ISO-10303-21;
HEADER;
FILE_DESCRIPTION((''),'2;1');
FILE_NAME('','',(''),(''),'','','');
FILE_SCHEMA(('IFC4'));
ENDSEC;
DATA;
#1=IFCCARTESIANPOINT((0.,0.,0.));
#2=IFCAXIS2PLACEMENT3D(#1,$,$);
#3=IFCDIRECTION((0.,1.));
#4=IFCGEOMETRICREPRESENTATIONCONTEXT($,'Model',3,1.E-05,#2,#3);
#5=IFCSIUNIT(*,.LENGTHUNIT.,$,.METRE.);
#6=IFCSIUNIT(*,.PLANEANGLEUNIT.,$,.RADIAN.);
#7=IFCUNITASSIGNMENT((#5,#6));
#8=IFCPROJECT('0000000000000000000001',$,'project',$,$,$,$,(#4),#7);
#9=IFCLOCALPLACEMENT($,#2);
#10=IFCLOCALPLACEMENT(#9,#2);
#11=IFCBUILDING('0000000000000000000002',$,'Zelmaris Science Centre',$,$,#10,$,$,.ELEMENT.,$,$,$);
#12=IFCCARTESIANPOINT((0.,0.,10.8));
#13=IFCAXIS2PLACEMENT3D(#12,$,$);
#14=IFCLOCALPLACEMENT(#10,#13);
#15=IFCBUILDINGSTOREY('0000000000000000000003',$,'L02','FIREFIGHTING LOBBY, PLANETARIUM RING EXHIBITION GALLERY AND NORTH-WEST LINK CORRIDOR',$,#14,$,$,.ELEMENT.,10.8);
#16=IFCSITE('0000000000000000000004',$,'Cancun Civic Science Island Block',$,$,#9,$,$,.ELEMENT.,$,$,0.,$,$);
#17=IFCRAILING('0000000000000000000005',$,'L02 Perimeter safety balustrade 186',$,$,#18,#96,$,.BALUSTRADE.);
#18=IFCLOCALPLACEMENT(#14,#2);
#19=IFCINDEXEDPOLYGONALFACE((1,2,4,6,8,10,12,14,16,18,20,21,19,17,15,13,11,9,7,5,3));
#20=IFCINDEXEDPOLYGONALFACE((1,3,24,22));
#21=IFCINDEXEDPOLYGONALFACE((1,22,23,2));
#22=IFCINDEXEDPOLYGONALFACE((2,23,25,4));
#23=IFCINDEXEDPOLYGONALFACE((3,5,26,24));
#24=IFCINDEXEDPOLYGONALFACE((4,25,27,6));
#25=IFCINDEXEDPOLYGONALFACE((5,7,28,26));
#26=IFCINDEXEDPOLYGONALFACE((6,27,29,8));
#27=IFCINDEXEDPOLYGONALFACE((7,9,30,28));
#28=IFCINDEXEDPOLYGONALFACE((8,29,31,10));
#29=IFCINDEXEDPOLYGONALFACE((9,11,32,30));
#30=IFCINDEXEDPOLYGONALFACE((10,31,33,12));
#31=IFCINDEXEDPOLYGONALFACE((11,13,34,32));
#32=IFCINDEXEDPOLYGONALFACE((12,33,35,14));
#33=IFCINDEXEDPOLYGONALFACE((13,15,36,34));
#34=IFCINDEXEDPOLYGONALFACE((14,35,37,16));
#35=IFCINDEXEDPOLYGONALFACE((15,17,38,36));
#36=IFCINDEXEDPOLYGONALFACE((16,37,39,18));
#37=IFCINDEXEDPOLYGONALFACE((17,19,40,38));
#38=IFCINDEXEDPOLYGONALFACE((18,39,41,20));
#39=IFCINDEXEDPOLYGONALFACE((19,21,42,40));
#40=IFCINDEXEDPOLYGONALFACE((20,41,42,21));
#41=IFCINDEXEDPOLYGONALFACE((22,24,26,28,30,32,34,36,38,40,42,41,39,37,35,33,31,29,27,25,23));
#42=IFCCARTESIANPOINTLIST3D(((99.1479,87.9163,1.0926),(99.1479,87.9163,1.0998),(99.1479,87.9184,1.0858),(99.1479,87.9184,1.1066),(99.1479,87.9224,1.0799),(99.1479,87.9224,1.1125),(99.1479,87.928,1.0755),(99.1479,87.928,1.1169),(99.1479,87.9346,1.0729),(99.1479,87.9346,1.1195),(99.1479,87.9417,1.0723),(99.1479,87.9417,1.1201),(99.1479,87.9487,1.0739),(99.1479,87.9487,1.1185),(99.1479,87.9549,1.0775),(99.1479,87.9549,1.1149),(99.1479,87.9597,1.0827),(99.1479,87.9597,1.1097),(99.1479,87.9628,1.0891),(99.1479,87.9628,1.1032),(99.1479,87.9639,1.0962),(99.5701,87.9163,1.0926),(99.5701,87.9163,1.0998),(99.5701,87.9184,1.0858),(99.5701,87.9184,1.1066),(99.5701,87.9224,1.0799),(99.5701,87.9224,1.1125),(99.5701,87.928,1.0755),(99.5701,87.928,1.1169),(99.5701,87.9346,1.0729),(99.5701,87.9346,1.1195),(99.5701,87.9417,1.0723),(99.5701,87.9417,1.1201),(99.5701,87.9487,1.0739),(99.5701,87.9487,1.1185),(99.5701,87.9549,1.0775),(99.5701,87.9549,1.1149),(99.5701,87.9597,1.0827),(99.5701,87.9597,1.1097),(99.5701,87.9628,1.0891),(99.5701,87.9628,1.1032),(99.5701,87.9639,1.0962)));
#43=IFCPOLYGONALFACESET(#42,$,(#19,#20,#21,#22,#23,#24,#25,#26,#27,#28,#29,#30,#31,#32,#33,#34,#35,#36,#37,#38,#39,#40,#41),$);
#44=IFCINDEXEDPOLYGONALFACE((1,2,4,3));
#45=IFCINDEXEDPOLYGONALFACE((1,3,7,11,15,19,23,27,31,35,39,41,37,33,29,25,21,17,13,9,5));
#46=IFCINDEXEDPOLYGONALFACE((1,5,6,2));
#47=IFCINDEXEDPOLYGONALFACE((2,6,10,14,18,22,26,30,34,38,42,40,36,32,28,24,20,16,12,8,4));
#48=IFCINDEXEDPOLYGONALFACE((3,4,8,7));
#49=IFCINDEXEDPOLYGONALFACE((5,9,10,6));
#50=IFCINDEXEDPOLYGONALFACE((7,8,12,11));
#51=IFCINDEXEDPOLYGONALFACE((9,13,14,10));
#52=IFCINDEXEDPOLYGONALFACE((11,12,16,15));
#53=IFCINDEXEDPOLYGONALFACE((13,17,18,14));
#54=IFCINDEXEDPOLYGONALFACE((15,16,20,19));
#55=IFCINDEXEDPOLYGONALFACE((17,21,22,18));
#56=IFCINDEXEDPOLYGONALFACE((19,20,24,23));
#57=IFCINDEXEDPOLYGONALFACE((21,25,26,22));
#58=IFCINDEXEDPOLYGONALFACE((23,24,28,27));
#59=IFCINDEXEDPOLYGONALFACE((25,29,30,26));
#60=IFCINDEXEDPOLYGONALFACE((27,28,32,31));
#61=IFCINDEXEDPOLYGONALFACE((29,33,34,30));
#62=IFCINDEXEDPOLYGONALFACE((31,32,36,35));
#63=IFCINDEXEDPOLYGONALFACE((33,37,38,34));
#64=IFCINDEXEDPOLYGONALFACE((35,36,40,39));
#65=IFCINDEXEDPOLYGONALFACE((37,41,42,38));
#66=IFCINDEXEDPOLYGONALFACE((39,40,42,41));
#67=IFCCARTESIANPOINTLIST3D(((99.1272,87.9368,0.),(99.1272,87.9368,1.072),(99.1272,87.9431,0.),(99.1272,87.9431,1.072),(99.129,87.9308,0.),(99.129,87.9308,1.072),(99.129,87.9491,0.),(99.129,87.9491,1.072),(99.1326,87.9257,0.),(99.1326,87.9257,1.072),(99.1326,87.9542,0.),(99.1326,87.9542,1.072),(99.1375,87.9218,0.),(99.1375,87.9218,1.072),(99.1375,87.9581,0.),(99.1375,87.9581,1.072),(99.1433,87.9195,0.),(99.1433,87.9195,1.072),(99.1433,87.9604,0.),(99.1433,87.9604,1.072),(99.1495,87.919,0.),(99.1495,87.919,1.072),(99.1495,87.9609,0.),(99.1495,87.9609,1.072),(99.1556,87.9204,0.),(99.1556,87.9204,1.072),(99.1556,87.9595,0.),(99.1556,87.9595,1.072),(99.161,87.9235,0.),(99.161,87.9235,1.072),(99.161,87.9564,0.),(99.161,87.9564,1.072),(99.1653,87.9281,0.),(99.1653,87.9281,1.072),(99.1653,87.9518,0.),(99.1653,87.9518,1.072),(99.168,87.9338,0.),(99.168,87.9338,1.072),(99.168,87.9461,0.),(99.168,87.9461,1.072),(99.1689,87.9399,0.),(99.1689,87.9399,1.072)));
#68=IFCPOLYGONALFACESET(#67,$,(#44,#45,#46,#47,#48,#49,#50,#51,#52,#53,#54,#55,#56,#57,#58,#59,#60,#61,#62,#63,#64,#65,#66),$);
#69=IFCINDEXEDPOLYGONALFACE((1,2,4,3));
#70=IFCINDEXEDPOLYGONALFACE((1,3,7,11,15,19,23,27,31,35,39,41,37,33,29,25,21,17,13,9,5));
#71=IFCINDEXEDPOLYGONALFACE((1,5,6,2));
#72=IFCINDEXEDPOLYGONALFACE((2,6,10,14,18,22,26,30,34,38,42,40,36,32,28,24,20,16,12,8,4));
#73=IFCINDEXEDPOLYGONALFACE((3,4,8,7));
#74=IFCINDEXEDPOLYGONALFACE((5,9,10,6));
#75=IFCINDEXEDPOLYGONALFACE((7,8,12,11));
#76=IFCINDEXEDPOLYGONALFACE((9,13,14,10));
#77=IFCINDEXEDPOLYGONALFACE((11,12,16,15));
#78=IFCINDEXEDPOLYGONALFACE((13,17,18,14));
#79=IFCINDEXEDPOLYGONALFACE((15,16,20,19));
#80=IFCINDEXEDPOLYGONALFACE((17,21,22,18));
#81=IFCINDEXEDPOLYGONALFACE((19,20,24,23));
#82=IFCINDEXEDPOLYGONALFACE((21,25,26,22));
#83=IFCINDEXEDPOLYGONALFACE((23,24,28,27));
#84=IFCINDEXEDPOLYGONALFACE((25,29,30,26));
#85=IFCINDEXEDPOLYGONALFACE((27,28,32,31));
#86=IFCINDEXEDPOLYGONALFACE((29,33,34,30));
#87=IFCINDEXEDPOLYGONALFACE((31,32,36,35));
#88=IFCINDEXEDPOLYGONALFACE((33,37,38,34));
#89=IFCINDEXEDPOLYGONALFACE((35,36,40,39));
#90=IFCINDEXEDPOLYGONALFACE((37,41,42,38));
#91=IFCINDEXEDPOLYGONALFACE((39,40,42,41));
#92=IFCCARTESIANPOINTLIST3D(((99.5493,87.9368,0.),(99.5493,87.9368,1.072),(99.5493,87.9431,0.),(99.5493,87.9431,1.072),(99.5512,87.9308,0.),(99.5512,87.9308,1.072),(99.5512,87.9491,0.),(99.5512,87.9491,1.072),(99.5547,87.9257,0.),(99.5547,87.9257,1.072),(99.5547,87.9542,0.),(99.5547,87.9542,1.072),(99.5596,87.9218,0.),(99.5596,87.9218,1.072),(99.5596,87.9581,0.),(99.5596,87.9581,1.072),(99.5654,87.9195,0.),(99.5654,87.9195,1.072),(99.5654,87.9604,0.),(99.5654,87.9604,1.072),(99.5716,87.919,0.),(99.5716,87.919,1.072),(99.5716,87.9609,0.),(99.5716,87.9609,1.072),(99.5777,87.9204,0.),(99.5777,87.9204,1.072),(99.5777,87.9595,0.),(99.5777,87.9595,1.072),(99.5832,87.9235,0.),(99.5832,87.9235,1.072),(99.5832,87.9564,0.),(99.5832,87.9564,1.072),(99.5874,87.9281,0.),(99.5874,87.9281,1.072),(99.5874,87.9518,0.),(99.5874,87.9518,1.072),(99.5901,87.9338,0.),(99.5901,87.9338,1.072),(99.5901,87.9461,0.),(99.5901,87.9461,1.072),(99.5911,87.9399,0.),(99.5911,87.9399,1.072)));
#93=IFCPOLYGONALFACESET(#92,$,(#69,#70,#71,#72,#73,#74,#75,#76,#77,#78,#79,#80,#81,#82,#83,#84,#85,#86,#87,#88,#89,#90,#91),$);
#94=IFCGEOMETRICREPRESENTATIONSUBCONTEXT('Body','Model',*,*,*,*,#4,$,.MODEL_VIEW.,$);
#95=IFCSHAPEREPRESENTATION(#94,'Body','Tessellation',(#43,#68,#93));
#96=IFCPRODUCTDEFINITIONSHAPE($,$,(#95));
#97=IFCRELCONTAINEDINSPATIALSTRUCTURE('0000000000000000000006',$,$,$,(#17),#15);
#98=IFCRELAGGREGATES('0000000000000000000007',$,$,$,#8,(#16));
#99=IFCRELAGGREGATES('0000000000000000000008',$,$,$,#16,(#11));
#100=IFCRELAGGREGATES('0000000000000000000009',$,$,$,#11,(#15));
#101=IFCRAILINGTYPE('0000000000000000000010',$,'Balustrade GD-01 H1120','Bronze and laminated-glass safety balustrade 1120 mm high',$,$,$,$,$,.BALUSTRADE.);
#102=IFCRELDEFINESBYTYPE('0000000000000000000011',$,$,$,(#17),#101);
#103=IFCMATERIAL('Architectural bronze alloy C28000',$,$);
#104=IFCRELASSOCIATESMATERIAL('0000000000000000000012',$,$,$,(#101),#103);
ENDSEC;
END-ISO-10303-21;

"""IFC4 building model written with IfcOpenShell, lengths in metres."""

from ifc_helpers import new_model, si_unit, direction, frame, origin, origin_2d, place, context, subcontext, project, spatial, circle, extrude, material, type_object, element, save


model = new_model("IFC4")

# Units and contexts
model_context = context("Model", 3, precision=1e-05, world=origin(), true_north=direction((0.0, 1.0)))
body_context = subcontext(model_context, "Body", "Model", "MODEL_VIEW")
ifc_project = project(units=[si_unit("LENGTHUNIT", "METRE"), si_unit("PLANEANGLEUNIT", "RADIAN")], contexts=[model_context])

# Site, building, storey
site_placement = place(None, origin())
site = spatial("IfcSite", under=ifc_project, at=site_placement, Name="Cancun Civic Science Island Block", CompositionType="ELEMENT", RefElevation=0.0)
building_placement = place(site_placement, origin())
building = spatial("IfcBuilding", under=site, at=building_placement, Name="Zelmaris Science Centre", CompositionType="ELEMENT")
storey_placement = place(building_placement, frame((0.0, 0.0, 10.8)))
storey = spatial("IfcBuildingStorey", under=building, at=storey_placement, Name="L02", Description="FIREFIGHTING LOBBY, PLANETARIUM RING EXHIBITION GALLERY AND NORTH-WEST LINK CORRIDOR", CompositionType="ELEMENT", Elevation=10.8)

# Railing
ifc_material_1 = material(Name="Architectural bronze alloy C28000")
railing_type = type_object("IfcRailingType", Name="Balustrade GD-01 H1120", Description="Bronze and laminated-glass safety balustrade 1120 mm high", PredefinedType="BALUSTRADE", material=ifc_material_1)
railing_placement = place(storey_placement, frame((99.1479, 87.9399, 0.0)))
element("IfcRailing", 1, at=railing_placement, inside=storey, type_object=railing_type, Name="L02 Perimeter safety balustrade 186", PredefinedType="BALUSTRADE", context=body_context, shape_type="SweptSolid", body=[
    extrude(circle(Radius=0.0239, at=origin_2d()), frame((0.0, 0.0, 1.0962), z_axis=(1.0, 0.0, 0.0), x_axis=(0.0, 1.0, 0.0)), (0.0, 0.0, 1.0), 0.4221),
    extrude(circle(Radius=0.021, at=origin_2d()), origin(), (0.0, 0.0, 1.0), 1.072),
    extrude(circle(Radius=0.021, at=origin_2d()), frame((0.4221, 0.0, 0.0)), (0.0, 0.0, 1.0), 1.072),
])

save(model, "model.ifc")
